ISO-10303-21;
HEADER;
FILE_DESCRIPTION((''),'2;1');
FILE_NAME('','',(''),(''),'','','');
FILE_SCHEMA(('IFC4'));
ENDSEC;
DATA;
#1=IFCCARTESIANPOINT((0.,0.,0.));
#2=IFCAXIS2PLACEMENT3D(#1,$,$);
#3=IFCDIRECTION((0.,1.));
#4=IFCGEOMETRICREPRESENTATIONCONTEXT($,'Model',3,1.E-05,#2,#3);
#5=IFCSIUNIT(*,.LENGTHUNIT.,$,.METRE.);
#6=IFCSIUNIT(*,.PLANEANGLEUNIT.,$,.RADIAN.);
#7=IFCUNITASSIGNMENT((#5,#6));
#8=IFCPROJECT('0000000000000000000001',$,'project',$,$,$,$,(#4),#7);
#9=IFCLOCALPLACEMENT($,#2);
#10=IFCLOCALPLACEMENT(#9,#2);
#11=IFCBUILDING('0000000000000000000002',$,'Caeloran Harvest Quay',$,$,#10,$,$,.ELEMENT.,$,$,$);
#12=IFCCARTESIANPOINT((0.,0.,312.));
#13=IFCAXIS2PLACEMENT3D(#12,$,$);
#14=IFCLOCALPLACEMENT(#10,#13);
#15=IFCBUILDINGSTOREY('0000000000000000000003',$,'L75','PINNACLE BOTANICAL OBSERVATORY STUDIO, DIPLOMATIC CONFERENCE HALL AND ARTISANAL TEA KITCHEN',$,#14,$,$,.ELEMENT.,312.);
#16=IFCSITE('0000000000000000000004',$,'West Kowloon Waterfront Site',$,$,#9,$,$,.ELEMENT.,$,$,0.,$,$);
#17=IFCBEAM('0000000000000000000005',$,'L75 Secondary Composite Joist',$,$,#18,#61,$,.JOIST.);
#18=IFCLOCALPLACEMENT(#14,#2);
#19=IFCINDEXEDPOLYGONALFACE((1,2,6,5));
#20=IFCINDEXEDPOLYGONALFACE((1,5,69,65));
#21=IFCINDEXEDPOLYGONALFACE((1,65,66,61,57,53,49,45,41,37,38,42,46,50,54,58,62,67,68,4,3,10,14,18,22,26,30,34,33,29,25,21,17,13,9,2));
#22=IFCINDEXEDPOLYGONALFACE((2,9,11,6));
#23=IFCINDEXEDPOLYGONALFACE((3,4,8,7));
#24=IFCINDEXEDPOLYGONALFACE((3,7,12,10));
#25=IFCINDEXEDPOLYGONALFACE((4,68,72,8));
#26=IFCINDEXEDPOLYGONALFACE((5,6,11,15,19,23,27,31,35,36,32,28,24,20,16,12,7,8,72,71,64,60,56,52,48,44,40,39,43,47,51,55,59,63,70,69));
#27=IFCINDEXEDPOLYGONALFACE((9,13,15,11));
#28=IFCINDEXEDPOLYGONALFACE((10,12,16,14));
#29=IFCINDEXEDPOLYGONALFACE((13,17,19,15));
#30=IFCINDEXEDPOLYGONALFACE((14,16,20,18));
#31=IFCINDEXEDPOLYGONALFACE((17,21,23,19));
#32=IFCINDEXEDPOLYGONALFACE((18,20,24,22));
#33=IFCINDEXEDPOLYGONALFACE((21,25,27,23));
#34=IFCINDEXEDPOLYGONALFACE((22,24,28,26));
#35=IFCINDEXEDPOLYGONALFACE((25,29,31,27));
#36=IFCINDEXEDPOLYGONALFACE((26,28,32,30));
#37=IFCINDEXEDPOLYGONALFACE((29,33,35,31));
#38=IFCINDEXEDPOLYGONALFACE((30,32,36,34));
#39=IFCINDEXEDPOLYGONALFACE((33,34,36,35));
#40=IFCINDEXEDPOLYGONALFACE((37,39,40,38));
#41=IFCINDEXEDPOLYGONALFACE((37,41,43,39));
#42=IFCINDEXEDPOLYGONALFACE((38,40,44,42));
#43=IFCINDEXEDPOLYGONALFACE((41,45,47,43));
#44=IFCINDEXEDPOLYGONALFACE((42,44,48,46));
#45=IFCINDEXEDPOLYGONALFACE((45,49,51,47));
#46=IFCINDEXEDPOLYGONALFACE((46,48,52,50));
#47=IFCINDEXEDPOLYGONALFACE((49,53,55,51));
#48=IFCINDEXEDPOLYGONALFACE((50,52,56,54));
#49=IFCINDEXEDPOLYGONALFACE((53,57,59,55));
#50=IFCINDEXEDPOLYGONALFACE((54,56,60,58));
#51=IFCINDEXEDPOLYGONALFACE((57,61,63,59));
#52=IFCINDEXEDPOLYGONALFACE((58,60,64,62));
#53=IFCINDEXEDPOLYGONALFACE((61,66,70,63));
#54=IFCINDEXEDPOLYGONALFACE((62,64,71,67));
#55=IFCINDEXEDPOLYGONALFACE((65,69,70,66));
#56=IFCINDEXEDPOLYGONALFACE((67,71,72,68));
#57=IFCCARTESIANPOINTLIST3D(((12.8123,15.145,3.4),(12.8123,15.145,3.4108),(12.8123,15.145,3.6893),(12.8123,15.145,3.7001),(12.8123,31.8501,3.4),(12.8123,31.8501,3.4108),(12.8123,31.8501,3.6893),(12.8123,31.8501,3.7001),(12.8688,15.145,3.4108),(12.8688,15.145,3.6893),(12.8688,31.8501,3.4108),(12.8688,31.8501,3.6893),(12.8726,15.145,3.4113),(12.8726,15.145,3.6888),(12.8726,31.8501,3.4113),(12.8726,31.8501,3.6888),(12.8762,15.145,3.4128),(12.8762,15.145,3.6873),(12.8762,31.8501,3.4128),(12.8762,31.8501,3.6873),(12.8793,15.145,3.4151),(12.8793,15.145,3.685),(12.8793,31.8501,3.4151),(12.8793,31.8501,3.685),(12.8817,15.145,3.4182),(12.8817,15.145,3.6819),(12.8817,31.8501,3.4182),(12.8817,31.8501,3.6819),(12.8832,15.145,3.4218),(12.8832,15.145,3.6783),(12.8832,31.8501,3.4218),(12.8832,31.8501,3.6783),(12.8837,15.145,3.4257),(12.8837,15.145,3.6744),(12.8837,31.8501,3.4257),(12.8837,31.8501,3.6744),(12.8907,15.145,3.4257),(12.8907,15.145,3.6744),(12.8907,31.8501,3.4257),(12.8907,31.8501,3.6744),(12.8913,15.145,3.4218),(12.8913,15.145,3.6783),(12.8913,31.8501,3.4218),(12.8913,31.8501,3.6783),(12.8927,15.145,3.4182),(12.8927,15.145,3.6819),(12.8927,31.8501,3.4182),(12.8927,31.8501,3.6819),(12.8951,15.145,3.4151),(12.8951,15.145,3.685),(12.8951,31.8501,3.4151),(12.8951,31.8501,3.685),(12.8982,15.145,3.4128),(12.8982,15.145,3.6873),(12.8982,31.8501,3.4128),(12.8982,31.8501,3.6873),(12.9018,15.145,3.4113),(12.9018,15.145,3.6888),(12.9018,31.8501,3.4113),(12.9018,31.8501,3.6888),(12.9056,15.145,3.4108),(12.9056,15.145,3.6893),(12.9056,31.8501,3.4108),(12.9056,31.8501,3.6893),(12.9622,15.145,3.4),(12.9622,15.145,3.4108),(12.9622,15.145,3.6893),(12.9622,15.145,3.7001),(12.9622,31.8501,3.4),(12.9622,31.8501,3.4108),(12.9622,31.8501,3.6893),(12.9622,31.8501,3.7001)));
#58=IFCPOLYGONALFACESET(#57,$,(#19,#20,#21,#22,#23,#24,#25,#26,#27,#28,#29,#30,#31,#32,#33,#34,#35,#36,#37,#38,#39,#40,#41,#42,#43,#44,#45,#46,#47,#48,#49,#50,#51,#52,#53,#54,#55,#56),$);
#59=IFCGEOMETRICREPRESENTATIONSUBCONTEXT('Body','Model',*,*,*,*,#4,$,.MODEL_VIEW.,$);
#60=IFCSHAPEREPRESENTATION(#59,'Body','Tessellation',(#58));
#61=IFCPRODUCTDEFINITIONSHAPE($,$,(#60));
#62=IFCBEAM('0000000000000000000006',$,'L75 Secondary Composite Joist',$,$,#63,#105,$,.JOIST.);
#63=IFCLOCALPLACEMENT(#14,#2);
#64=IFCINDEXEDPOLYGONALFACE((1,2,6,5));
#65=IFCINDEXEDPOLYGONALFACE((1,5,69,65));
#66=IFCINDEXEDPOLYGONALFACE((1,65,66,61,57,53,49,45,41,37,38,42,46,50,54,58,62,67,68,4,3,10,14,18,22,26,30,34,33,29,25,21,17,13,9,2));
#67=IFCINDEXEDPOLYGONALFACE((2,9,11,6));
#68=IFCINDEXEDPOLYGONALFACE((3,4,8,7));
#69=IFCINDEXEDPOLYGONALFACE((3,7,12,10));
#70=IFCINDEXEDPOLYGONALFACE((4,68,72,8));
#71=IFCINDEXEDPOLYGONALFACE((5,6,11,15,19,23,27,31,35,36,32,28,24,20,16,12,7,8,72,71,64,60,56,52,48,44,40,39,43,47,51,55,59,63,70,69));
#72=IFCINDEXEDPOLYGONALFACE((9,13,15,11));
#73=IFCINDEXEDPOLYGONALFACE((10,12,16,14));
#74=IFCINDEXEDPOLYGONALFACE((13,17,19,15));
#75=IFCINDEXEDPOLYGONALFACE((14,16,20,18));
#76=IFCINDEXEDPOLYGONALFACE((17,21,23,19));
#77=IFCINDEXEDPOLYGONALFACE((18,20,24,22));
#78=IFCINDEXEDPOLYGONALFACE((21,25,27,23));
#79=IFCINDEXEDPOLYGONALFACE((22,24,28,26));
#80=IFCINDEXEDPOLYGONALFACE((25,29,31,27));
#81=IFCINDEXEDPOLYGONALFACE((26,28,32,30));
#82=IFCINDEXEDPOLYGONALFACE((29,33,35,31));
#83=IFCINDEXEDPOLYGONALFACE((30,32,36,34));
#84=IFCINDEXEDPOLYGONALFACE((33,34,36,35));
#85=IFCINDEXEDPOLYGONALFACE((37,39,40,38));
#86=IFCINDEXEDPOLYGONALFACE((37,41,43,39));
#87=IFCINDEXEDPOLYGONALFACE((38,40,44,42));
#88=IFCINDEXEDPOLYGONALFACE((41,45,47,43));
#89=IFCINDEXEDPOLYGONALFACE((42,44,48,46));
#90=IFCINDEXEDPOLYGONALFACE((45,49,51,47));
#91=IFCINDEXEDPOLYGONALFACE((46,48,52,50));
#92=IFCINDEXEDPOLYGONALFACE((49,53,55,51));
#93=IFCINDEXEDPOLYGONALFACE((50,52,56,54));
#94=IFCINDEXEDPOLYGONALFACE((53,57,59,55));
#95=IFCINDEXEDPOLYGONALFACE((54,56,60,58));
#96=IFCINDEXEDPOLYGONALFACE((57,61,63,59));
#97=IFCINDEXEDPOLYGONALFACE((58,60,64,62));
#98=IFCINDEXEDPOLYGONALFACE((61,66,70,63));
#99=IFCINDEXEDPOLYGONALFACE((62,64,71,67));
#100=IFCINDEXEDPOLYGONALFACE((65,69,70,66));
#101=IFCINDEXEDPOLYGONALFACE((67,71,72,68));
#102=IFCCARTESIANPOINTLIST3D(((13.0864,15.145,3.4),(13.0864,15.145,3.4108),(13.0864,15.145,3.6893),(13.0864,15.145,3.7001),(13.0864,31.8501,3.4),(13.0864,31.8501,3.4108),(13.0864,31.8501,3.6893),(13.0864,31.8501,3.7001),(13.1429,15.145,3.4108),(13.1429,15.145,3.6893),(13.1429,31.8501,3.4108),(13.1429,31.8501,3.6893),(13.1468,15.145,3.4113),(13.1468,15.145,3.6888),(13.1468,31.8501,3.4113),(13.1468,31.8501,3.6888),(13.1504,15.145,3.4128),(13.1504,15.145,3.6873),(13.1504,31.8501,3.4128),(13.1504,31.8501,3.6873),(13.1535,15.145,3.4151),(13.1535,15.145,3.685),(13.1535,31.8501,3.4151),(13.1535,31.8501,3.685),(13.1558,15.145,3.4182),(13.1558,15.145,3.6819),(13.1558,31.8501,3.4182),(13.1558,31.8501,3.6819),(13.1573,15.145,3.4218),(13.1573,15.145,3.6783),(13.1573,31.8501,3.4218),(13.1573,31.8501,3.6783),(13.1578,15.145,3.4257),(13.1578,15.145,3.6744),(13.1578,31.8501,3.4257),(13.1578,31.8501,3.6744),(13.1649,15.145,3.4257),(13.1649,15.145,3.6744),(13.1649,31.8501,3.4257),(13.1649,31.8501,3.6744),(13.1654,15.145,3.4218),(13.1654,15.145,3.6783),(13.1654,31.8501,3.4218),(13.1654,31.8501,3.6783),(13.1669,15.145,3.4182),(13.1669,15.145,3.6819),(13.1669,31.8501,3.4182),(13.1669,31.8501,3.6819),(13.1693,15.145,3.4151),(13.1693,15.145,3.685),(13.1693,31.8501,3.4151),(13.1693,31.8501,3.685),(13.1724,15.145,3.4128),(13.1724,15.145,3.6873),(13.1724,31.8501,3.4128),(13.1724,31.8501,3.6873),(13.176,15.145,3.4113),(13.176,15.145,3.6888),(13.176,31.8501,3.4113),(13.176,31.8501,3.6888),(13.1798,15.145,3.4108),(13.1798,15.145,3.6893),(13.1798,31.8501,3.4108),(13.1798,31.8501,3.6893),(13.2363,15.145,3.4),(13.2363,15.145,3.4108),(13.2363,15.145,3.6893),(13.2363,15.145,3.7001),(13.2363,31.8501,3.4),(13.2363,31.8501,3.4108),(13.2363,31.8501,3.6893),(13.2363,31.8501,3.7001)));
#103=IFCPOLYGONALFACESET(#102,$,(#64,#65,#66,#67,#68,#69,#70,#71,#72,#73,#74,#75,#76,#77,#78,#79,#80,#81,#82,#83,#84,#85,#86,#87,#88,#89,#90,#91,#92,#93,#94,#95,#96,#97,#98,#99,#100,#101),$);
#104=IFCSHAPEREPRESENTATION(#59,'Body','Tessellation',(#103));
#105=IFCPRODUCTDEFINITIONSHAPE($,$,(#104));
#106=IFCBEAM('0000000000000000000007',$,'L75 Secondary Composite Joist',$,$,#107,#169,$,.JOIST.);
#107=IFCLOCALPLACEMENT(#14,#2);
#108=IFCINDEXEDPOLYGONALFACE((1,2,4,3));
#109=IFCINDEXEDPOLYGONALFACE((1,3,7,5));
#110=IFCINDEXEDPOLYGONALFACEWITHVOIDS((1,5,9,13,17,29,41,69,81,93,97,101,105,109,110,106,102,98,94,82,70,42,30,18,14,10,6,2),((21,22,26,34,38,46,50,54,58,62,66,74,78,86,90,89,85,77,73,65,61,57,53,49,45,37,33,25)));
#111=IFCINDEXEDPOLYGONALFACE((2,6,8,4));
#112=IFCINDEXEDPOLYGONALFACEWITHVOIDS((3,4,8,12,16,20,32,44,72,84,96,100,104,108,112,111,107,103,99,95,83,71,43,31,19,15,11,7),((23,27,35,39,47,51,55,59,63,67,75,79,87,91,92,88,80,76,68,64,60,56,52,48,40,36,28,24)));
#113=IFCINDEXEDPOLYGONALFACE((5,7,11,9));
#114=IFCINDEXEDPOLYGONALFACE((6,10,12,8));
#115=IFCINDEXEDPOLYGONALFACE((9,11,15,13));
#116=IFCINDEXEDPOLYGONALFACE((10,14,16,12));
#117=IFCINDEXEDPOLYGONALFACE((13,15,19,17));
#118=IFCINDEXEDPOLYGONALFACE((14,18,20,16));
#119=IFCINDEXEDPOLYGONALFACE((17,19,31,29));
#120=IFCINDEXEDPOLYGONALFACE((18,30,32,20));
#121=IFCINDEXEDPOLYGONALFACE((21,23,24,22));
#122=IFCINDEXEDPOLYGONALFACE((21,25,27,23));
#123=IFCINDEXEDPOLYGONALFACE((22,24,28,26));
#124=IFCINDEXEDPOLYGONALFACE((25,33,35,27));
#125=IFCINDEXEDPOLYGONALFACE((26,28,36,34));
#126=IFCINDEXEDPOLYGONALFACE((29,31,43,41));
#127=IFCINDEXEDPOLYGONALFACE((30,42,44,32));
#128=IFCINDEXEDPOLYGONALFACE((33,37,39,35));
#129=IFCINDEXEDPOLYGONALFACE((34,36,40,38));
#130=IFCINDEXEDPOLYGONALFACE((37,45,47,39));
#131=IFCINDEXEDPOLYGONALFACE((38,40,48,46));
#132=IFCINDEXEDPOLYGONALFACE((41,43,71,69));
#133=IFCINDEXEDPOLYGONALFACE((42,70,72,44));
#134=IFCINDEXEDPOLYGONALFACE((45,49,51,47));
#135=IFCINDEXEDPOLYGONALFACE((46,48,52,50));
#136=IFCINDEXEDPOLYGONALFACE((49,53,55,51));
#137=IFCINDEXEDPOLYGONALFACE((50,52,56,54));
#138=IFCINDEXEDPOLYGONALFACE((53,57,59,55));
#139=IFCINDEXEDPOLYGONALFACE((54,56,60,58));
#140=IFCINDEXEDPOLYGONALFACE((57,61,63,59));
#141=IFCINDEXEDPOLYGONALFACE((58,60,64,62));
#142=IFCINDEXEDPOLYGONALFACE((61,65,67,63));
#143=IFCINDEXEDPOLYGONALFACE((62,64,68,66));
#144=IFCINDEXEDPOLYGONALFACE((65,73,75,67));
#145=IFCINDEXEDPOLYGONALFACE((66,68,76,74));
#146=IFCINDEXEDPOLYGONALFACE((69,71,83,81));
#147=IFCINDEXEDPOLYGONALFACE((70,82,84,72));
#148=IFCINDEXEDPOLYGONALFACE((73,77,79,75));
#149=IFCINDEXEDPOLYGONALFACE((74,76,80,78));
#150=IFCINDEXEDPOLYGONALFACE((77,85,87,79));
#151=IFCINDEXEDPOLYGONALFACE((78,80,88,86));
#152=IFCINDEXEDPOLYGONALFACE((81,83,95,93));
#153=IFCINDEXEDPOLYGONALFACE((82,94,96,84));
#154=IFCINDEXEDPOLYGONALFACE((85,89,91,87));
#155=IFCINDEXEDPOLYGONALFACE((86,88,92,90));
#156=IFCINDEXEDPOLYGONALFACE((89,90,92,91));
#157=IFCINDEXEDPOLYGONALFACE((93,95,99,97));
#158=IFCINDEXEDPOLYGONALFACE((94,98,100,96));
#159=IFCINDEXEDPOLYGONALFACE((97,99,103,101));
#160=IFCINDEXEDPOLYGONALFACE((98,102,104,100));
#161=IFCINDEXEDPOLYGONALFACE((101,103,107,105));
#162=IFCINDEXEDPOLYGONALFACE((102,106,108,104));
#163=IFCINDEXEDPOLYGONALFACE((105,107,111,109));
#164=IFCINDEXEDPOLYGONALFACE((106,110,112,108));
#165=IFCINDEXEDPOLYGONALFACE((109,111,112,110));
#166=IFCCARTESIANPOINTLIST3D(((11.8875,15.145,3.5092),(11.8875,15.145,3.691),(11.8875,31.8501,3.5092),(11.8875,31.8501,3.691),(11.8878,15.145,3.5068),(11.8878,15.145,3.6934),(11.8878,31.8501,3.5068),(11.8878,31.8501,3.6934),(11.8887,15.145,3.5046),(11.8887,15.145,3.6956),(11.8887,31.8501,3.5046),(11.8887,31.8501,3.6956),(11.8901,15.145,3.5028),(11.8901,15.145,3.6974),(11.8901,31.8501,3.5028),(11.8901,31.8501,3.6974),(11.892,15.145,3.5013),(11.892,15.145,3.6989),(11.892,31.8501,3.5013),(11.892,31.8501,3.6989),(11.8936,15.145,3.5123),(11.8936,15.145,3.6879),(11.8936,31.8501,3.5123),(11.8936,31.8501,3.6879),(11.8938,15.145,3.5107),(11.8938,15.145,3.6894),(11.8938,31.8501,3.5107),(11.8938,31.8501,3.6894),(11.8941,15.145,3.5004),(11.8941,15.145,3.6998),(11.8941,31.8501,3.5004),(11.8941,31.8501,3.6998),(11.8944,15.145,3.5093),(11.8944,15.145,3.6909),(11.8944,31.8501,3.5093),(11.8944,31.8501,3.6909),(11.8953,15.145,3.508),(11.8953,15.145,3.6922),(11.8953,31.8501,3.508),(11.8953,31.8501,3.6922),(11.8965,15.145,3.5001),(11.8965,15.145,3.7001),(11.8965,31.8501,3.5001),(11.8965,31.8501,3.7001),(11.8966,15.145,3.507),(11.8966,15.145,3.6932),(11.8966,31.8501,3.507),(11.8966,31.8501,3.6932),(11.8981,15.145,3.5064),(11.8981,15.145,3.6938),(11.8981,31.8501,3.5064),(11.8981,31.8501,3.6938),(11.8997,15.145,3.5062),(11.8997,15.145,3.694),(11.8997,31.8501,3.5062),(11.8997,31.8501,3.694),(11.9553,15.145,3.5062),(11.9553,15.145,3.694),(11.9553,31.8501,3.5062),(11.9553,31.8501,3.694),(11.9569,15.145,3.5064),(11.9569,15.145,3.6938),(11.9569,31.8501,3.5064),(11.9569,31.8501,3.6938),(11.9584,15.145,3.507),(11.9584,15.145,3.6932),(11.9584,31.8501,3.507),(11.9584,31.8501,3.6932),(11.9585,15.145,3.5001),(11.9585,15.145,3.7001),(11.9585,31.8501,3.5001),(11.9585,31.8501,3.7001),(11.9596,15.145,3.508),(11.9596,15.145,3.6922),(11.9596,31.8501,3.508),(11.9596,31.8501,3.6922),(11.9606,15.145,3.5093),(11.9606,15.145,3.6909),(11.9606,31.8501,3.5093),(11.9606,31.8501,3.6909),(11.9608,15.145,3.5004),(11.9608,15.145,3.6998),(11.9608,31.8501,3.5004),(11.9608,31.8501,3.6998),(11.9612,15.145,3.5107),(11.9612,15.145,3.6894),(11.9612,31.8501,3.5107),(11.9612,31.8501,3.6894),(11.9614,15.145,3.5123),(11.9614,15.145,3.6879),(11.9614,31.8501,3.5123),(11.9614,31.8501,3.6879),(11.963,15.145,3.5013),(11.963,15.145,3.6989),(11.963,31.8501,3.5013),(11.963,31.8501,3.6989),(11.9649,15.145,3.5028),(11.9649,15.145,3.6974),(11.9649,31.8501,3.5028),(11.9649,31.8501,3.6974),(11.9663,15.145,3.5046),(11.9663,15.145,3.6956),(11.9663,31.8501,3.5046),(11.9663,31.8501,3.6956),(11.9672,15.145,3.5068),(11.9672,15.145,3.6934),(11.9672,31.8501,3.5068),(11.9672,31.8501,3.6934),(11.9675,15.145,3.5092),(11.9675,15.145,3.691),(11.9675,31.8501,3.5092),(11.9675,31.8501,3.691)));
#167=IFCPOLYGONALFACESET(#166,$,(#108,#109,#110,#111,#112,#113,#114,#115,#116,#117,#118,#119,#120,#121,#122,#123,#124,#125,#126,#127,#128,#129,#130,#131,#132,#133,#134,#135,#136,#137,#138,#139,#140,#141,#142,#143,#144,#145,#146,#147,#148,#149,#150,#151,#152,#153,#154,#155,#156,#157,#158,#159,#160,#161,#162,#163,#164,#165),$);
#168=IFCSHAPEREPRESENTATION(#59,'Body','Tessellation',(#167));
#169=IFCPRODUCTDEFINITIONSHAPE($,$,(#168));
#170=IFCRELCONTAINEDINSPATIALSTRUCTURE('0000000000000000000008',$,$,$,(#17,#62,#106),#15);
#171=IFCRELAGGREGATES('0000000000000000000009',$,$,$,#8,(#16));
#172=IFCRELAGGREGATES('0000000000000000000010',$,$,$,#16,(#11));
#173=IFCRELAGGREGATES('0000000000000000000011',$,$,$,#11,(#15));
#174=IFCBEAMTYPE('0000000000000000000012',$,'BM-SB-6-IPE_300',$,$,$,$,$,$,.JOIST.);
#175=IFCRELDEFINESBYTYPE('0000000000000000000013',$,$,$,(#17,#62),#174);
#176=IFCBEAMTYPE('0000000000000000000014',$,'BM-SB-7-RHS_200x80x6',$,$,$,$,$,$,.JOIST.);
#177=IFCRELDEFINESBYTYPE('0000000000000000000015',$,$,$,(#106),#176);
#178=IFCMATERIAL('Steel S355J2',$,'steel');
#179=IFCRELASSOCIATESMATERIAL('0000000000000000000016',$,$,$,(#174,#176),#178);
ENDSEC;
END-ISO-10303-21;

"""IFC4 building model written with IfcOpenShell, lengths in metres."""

from ifc_helpers import new_model, si_unit, direction, frame, origin, origin_2d, place, context, subcontext, project, spatial, hollow_rectangle, i_section, extrude, material, material_profile, profile_set, type_object, element, save


model = new_model("IFC4")

# Units and contexts
model_context = context("Model", 3, precision=1e-05, world=origin(), true_north=direction((0.0, 1.0)))
body_context = subcontext(model_context, "Body", "Model", "MODEL_VIEW")
ifc_project = project(units=[si_unit("LENGTHUNIT", "METRE"), si_unit("PLANEANGLEUNIT", "RADIAN")], contexts=[model_context])

# Site, building, storey
site_placement = place(None, origin())
site = spatial("IfcSite", under=ifc_project, at=site_placement, Name="West Kowloon Waterfront Site", CompositionType="ELEMENT", RefElevation=0.0)
building_placement = place(site_placement, origin())
building = spatial("IfcBuilding", under=site, at=building_placement, Name="Caeloran Harvest Quay", CompositionType="ELEMENT")
storey_placement = place(building_placement, frame((0.0, 0.0, 312.0)))
storey = spatial("IfcBuildingStorey", under=building, at=storey_placement, Name="L75", Description="PINNACLE BOTANICAL OBSERVATORY STUDIO, DIPLOMATIC CONFERENCE HALL AND ARTISANAL TEA KITCHEN", CompositionType="ELEMENT", Elevation=312.0)

# Beams
ifc_material_1 = material(Name="Steel S355J2", Category="steel")
ifc_material_profile_1 = material_profile(ifc_material_1, i_section(OverallWidth=0.1499, OverallDepth=0.3, WebThickness=0.0071, FlangeThickness=0.0107, FilletRadius=0.0149, at=origin_2d()), Name="IPE 300")
ifc_profile_set_1 = profile_set([ifc_material_profile_1], Name="Steel S355J2")
beam_type_1 = type_object("IfcBeamType", Name="BM-SB-6-IPE_300", PredefinedType="JOIST", material=ifc_profile_set_1)
for number, where, z_axis, x_axis, name in (
    (1, (12.8872, 15.145, 3.55), (0.0, 1.0, 0.0), (-1.0, 0.0, 0.0), "L75 Secondary Composite Joist"),
    (2, (13.1614, 15.145, 3.55), (0.0, 1.0, 0.0), (-1.0, 0.0, 0.0), "L75 Secondary Composite Joist"),
):
    element("IfcBeam", number, at=place(storey_placement, frame(where, z_axis=z_axis, x_axis=x_axis)), inside=storey, type_object=beam_type_1, Name=name, PredefinedType="JOIST", context=body_context, shape_type="SweptSolid", body=[
        extrude(i_section(OverallWidth=0.1499, OverallDepth=0.3, WebThickness=0.0071, FlangeThickness=0.0107, FilletRadius=0.0149, at=origin_2d()), origin(), (0.0, 0.0, 1.0), 16.7051),
    ])
ifc_material_profile_2 = material_profile(ifc_material_1, hollow_rectangle(XDim=0.0801, YDim=0.2, WallThickness=0.0061, InnerFilletRadius=0.0061, OuterFilletRadius=0.009, at=origin_2d()), Name="RHS 200x80x6")
ifc_profile_set_2 = profile_set([ifc_material_profile_2], Name="Steel S355J2")
beam_type_2 = type_object("IfcBeamType", Name="BM-SB-7-RHS_200x80x6", PredefinedType="JOIST", material=ifc_profile_set_2)
for number, where, z_axis, x_axis, name in (
    (3, (11.9275, 15.145, 3.6001), (0.0, 1.0, 0.0), (-1.0, 0.0, 0.0), "L75 Secondary Composite Joist"),
):
    element("IfcBeam", number, at=place(storey_placement, frame(where, z_axis=z_axis, x_axis=x_axis)), inside=storey, type_object=beam_type_2, Name=name, PredefinedType="JOIST", context=body_context, shape_type="SweptSolid", body=[
        extrude(hollow_rectangle(XDim=0.0801, YDim=0.2, WallThickness=0.0061, InnerFilletRadius=0.0061, OuterFilletRadius=0.009, at=origin_2d()), origin(), (0.0, 0.0, 1.0), 16.7051),
    ])

save(model, "model.ifc")
